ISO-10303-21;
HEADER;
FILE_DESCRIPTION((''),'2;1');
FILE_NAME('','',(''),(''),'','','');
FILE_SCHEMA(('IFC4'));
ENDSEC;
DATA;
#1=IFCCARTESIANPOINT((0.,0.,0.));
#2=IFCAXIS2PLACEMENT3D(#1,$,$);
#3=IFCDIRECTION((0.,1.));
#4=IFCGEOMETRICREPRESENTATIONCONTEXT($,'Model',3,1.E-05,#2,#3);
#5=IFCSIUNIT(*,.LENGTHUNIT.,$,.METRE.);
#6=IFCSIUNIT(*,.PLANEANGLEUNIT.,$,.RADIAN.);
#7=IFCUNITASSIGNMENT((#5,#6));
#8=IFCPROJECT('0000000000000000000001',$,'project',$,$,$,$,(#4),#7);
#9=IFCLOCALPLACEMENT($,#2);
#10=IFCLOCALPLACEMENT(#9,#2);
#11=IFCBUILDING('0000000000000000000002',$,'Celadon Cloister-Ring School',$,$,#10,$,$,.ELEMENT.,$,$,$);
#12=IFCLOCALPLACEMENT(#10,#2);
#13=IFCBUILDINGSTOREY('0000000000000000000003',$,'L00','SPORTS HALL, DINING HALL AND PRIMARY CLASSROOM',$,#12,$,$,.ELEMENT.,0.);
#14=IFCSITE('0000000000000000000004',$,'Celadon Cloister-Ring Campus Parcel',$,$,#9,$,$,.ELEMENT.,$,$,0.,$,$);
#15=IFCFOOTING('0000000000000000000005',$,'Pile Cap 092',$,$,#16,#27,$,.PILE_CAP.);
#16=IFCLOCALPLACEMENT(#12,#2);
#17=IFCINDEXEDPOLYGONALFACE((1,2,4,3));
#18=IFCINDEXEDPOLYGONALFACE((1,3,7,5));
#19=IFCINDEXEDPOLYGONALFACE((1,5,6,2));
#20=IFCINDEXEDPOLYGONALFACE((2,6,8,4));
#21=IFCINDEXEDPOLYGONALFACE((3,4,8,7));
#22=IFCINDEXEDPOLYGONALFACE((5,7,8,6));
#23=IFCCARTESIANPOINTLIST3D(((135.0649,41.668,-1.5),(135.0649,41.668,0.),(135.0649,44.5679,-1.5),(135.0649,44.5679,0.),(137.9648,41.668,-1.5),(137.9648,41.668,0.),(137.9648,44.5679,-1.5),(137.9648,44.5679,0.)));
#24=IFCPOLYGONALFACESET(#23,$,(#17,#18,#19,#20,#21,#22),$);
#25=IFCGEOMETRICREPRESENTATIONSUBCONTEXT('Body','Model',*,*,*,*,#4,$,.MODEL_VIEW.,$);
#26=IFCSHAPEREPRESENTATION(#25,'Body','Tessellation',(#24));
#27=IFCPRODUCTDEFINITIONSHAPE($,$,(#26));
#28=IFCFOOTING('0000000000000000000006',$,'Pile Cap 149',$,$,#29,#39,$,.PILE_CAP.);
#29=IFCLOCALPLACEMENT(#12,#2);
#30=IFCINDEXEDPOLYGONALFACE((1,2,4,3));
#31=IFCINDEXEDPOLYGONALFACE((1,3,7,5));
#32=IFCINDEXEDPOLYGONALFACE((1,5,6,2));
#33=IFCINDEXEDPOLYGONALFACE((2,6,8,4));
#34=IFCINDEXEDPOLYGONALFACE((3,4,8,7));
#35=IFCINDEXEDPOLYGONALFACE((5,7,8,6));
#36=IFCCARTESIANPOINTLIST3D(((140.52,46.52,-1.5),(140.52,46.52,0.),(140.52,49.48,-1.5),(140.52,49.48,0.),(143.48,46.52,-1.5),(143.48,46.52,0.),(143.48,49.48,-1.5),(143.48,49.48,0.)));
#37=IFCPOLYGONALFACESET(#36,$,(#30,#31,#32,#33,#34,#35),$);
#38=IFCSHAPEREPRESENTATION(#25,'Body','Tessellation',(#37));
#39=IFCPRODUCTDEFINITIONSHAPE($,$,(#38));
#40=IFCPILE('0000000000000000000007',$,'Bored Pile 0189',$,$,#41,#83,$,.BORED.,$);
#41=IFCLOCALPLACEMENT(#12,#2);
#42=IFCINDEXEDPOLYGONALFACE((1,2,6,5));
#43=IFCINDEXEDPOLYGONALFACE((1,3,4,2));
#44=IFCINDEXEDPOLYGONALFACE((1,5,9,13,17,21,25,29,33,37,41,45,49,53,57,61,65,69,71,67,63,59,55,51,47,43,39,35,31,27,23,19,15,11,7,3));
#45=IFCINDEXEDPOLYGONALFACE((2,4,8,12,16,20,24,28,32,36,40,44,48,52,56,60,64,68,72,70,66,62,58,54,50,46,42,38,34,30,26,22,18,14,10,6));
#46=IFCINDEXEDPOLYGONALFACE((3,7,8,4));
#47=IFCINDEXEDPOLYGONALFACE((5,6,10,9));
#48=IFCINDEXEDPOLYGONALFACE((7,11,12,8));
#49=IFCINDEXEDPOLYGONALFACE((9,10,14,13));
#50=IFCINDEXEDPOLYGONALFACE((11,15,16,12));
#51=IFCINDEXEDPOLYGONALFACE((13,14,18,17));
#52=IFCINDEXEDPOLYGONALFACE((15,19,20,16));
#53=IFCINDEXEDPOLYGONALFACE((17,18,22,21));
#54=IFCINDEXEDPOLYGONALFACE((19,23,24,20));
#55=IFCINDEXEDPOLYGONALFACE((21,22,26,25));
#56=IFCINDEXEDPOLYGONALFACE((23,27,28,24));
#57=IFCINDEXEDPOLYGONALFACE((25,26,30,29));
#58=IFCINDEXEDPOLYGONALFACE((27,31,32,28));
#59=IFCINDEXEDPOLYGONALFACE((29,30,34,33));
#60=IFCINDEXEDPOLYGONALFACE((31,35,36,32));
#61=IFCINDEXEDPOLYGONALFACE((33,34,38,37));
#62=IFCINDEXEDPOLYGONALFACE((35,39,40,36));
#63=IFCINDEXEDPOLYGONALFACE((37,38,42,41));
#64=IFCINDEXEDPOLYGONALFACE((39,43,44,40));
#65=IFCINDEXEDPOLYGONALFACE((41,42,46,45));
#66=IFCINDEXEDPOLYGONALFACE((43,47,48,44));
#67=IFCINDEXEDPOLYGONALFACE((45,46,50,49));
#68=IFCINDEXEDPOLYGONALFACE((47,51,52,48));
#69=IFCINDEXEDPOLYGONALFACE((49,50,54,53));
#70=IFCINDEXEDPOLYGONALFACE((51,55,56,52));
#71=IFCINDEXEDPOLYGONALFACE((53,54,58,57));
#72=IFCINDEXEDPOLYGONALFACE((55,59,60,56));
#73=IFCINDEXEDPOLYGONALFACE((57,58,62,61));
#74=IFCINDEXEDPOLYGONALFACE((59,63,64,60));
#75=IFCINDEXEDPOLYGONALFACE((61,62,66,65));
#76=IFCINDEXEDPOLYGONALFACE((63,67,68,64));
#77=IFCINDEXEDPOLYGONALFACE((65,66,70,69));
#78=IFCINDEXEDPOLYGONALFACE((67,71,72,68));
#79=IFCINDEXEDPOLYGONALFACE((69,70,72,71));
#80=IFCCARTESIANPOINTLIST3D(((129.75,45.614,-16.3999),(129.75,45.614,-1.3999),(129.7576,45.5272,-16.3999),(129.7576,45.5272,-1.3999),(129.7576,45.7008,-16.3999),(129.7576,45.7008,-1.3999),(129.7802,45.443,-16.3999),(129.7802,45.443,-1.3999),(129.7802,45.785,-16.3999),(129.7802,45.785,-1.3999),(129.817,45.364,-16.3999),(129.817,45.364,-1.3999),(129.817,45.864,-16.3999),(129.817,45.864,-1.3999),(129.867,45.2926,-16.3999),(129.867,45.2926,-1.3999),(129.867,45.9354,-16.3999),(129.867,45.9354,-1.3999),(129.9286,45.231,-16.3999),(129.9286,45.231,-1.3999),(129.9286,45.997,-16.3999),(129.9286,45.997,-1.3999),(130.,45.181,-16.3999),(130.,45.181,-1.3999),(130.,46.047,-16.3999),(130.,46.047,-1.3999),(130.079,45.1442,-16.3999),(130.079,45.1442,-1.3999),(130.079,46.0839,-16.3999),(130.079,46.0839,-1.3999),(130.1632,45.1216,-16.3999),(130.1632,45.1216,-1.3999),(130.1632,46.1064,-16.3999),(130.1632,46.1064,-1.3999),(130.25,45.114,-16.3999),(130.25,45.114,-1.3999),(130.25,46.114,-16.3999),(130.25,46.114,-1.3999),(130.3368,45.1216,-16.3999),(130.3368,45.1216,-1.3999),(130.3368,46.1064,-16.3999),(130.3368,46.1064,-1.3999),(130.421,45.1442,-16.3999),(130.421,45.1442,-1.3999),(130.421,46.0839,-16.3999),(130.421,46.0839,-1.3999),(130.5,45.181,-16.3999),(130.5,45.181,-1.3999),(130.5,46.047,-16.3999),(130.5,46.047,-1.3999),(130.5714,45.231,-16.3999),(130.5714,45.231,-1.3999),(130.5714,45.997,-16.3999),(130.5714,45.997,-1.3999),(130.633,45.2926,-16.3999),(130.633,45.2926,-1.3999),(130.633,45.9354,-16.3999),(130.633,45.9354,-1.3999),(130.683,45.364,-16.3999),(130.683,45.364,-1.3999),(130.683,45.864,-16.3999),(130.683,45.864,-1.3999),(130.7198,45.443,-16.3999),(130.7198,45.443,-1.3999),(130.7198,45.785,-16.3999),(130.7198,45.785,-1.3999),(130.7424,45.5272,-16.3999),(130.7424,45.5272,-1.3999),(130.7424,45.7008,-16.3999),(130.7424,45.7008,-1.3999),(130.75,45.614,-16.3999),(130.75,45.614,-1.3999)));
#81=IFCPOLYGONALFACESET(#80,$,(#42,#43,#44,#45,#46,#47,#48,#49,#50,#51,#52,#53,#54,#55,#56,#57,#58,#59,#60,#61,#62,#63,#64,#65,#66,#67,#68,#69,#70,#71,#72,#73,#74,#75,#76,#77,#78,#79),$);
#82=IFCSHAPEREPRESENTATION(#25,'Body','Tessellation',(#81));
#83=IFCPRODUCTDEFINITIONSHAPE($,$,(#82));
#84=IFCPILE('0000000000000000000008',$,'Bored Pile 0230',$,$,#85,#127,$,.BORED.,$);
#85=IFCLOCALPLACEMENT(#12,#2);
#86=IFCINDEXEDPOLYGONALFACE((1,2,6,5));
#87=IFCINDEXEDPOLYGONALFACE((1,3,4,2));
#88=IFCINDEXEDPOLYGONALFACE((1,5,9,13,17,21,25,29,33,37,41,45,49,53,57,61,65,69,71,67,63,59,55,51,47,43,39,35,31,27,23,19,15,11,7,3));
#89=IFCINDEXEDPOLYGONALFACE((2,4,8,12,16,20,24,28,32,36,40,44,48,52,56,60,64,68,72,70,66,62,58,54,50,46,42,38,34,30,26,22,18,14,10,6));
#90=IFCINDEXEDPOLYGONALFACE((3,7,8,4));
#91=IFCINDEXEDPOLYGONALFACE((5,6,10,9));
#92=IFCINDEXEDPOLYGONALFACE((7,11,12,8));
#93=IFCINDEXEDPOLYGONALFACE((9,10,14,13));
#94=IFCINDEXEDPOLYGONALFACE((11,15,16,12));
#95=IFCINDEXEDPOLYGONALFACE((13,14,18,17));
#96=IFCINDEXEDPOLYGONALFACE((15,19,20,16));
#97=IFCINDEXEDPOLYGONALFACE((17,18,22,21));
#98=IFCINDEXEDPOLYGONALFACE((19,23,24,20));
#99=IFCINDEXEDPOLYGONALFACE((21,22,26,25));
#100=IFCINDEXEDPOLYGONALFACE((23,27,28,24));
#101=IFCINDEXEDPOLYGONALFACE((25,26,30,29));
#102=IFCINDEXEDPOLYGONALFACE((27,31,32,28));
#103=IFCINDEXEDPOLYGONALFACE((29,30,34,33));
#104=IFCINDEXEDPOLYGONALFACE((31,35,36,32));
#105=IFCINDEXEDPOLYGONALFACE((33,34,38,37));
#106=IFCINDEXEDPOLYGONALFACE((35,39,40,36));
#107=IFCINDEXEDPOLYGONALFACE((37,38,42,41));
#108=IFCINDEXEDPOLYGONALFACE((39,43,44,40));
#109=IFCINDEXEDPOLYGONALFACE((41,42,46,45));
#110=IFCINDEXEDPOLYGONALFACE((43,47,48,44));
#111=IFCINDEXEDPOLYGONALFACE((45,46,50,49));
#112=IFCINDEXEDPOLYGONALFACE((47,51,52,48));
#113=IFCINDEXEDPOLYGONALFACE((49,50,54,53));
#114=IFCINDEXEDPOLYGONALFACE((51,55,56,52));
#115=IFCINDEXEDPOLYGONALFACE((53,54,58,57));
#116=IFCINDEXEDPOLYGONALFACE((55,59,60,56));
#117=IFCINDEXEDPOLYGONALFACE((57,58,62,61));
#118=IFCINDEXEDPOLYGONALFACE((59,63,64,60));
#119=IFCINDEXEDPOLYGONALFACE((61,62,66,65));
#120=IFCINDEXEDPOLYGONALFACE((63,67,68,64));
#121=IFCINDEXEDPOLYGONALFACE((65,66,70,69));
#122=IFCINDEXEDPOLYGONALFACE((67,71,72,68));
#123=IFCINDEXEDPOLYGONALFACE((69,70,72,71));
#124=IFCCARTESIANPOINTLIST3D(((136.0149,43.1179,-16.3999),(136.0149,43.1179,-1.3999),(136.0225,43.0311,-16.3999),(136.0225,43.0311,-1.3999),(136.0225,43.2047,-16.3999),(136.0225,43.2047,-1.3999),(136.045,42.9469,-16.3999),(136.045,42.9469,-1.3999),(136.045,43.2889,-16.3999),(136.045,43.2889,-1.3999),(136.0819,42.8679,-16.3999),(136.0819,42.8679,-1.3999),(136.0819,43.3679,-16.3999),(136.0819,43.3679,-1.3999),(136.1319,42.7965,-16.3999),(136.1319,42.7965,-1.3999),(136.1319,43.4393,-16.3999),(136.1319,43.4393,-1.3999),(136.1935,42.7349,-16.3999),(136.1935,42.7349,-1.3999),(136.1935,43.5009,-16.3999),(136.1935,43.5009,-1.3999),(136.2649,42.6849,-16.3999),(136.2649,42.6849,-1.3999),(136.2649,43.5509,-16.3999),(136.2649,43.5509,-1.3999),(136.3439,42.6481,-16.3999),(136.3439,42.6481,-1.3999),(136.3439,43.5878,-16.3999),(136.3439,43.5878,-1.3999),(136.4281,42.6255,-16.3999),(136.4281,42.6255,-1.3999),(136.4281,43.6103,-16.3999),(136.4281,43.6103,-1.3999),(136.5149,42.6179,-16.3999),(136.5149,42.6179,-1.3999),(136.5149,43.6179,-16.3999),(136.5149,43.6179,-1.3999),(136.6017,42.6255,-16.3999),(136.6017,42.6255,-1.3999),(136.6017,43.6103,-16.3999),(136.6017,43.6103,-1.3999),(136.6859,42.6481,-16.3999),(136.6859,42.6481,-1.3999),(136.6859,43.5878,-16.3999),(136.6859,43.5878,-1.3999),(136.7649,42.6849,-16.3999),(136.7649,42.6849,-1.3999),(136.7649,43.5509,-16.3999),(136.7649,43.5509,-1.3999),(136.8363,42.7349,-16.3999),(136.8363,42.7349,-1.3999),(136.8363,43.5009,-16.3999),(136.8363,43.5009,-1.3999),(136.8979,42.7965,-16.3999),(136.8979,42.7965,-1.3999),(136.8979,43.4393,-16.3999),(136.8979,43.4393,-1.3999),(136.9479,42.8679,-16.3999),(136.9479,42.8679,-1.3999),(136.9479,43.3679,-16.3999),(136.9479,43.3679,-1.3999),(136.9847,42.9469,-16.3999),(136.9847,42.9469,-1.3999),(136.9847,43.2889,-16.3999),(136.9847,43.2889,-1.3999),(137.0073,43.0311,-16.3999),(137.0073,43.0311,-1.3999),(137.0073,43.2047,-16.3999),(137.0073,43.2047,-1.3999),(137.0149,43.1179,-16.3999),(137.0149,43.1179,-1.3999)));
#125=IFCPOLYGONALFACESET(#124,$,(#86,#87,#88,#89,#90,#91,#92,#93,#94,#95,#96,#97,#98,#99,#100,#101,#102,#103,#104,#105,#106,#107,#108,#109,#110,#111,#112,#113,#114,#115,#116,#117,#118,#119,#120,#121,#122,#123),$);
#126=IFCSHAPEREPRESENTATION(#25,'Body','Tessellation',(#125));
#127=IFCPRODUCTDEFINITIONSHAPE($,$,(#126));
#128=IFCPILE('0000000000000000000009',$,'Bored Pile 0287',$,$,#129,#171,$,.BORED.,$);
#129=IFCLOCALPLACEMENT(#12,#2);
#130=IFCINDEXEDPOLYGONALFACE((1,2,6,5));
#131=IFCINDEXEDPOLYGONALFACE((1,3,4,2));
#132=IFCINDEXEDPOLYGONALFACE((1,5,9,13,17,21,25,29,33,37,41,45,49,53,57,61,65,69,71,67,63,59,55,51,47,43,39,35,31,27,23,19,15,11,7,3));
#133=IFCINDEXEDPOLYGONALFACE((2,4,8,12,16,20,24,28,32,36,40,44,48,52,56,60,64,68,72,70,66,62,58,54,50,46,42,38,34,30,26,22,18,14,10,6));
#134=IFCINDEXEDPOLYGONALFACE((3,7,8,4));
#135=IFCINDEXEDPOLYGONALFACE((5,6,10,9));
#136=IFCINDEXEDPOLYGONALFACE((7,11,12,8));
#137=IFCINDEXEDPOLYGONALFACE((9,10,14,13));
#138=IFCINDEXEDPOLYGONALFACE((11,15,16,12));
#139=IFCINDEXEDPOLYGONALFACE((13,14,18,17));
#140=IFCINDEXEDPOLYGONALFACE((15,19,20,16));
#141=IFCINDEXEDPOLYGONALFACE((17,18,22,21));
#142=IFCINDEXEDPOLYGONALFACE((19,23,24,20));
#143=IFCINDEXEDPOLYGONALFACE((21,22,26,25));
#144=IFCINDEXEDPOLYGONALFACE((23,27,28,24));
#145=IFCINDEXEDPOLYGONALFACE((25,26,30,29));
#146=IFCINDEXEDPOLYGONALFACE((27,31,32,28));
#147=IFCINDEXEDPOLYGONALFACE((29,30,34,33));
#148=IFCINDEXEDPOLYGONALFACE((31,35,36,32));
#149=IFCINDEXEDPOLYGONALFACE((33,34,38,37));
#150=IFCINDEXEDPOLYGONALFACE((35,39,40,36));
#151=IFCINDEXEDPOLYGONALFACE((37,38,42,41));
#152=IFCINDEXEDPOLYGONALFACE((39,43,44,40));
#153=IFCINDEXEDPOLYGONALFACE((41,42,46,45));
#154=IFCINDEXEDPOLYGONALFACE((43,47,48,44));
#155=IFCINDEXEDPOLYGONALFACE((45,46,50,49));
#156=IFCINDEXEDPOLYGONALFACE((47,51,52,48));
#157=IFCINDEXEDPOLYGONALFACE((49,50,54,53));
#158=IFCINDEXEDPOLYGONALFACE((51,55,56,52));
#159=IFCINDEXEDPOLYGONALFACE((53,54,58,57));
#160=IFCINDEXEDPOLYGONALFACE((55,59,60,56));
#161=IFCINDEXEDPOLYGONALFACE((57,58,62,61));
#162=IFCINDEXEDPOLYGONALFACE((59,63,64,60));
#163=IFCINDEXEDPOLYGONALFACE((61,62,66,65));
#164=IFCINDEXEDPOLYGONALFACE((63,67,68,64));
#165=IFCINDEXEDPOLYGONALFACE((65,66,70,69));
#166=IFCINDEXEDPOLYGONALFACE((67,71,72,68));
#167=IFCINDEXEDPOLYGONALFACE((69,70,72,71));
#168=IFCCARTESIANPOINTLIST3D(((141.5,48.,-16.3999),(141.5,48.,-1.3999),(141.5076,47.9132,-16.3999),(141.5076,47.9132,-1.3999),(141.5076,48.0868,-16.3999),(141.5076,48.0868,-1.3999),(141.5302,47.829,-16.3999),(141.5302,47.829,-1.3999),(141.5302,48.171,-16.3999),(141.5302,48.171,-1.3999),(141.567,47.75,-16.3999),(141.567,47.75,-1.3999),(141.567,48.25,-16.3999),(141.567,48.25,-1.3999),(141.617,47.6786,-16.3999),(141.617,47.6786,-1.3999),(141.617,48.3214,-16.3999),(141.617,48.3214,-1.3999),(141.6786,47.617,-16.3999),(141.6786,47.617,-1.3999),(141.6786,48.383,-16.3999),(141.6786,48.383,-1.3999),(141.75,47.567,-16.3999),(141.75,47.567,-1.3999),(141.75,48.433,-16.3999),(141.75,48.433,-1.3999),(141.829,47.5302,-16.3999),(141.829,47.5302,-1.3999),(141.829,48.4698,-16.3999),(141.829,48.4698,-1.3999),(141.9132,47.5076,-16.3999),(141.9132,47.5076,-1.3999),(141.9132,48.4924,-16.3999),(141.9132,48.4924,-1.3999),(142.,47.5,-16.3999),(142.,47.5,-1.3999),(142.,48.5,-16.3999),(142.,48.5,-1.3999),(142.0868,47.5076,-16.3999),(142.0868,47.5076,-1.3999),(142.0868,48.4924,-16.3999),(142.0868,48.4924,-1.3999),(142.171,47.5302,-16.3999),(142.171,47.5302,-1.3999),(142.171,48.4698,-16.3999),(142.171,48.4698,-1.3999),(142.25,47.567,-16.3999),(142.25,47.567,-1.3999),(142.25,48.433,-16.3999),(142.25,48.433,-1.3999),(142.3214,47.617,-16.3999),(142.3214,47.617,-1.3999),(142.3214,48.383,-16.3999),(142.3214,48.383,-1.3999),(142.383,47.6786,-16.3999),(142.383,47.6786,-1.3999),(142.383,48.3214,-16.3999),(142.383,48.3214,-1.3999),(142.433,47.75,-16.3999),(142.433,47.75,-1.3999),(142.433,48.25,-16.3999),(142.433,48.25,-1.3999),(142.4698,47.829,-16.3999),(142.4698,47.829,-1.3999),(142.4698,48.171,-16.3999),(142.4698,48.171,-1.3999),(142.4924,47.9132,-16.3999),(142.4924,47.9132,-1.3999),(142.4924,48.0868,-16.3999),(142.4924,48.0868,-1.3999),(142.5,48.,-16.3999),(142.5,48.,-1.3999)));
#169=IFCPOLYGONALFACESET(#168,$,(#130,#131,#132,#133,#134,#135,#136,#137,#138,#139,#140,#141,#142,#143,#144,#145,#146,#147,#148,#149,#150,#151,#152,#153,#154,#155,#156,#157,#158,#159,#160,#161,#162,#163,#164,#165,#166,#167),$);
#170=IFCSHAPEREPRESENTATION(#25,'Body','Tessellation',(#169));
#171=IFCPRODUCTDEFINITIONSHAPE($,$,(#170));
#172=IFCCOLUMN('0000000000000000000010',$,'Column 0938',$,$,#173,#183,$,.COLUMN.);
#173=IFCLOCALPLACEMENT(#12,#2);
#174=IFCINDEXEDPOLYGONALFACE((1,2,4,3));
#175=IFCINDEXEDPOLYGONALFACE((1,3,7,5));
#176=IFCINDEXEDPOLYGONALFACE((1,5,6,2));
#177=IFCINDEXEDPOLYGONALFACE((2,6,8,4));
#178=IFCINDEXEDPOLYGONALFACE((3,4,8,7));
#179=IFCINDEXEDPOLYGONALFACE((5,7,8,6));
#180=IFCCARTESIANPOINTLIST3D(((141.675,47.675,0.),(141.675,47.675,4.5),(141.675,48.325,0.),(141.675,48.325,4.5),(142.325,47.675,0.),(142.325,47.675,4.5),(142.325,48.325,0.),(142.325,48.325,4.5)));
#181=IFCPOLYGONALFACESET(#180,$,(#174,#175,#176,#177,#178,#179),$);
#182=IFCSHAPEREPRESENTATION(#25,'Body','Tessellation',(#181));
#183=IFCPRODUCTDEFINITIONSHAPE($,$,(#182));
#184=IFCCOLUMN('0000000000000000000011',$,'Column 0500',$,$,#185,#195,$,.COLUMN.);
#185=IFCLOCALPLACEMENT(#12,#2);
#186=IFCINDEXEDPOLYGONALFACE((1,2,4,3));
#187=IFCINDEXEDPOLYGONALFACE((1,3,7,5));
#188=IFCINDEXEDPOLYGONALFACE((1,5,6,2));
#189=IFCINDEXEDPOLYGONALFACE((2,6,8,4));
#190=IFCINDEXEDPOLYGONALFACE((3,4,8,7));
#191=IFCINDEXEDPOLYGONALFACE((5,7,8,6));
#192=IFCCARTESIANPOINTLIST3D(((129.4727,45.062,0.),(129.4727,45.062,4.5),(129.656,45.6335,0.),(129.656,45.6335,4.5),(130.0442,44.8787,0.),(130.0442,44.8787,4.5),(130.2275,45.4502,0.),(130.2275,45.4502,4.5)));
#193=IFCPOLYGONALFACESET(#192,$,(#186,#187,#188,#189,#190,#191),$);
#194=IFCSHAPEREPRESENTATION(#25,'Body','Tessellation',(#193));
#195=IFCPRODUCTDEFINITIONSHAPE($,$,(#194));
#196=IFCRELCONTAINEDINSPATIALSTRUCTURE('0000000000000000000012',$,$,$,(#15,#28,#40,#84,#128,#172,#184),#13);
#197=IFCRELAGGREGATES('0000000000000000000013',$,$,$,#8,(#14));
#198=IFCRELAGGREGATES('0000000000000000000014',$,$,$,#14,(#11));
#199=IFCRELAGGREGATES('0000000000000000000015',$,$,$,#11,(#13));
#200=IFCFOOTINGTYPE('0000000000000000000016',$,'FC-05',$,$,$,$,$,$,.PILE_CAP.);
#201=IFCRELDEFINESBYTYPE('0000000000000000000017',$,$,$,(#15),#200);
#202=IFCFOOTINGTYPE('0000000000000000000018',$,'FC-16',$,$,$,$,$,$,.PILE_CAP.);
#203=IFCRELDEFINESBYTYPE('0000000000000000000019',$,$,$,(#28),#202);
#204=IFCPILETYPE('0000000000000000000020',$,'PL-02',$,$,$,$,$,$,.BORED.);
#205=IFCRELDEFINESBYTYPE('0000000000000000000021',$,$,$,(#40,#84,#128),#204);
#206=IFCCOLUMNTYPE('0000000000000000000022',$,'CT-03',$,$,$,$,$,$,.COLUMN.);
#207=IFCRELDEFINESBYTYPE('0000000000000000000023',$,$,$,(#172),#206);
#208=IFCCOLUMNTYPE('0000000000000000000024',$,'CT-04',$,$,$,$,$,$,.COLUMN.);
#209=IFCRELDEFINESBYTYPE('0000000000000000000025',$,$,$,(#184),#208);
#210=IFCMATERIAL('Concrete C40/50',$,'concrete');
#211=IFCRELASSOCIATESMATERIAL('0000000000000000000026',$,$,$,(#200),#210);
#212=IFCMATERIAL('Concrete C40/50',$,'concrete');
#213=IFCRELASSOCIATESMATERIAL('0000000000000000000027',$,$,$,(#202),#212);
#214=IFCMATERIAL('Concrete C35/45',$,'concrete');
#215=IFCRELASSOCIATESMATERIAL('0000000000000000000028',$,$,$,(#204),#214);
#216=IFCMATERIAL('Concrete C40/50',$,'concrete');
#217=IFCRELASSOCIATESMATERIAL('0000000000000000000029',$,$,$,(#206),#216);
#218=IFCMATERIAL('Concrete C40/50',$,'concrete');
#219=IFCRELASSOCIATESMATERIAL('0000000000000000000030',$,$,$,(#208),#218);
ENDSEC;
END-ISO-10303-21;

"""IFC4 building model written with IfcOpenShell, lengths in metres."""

from ifc_helpers import new_model, si_unit, direction, frame, origin, origin_2d, place, context, subcontext, project, spatial, rectangle, circle, extrude, material, material_profile, profile_set, type_object, element, save


model = new_model("IFC4")

# Units and contexts
model_context = context("Model", 3, precision=1e-05, world=origin(), true_north=direction((0.0, 1.0)))
body_context = subcontext(model_context, "Body", "Model", "MODEL_VIEW")
ifc_project = project(units=[si_unit("LENGTHUNIT", "METRE"), si_unit("PLANEANGLEUNIT", "RADIAN")], contexts=[model_context])

# Site, building, storey
site_placement = place(None, origin())
site = spatial("IfcSite", under=ifc_project, at=site_placement, Name="Celadon Cloister-Ring Campus Parcel", CompositionType="ELEMENT", RefElevation=0.0)
building_placement = place(site_placement, origin())
building = spatial("IfcBuilding", under=site, at=building_placement, Name="Celadon Cloister-Ring School", CompositionType="ELEMENT")
storey_placement = place(building_placement, origin())
storey = spatial("IfcBuildingStorey", under=building, at=storey_placement, Name="L00", Description="SPORTS HALL, DINING HALL AND PRIMARY CLASSROOM", CompositionType="ELEMENT", Elevation=0.0)

# Footings
ifc_material_1 = material(Name="Concrete C40/50", Category="concrete")
footing_type_1 = type_object("IfcFootingType", Name="FC-05", PredefinedType="PILE_CAP", material=ifc_material_1)
footing_1_placement = place(storey_placement, frame((136.5149, 43.1179, -1.5), z_axis=(0.0, 0.0, 1.0), x_axis=(1.0, 0.0, 0.0)))
element("IfcFooting", 1, at=footing_1_placement, inside=storey, type_object=footing_type_1, Name="Pile Cap 092", PredefinedType="PILE_CAP", context=body_context, shape_type="SweptSolid", body=[
    extrude(rectangle(XDim=2.8999, YDim=2.8999, at=origin_2d()), origin(), (0.0, 0.0, 1.0), 1.5),
])
ifc_material_2 = material(Name="Concrete C40/50", Category="concrete")
footing_type_2 = type_object("IfcFootingType", Name="FC-16", PredefinedType="PILE_CAP", material=ifc_material_2)
footing_2_placement = place(storey_placement, frame((142.0, 48.0, -1.5), z_axis=(0.0, 0.0, 1.0), x_axis=(1.0, 0.0, 0.0)))
element("IfcFooting", 2, at=footing_2_placement, inside=storey, type_object=footing_type_2, Name="Pile Cap 149", PredefinedType="PILE_CAP", context=body_context, shape_type="SweptSolid", body=[
    extrude(rectangle(XDim=2.96, YDim=2.96, at=origin_2d()), origin(), (0.0, 0.0, 1.0), 1.5),
])

# Piles
ifc_material_3 = material(Name="Concrete C35/45", Category="concrete")
ifc_material_profile_1 = material_profile(ifc_material_3, circle(Radius=0.5, at=origin_2d()), Name="PILE1000")
ifc_profile_set_1 = profile_set([ifc_material_profile_1], Name="Concrete C35/45")
pile_type = type_object("IfcPileType", Name="PL-02", PredefinedType="BORED", material=ifc_profile_set_1)
for number, where, z_axis, x_axis, name in (
    (3, (130.25, 45.614, -1.3999), (0.0, 0.0, -1.0), (1.0, 0.0, 0.0), "Bored Pile 0189"),
    (4, (136.5149, 43.1179, -1.3999), (0.0, 0.0, -1.0), (1.0, 0.0, 0.0), "Bored Pile 0230"),
    (5, (142.0, 48.0, -1.3999), (0.0, 0.0, -1.0), (1.0, 0.0, 0.0), "Bored Pile 0287"),
):
    element("IfcPile", number, at=place(storey_placement, frame(where, z_axis=z_axis, x_axis=x_axis)), inside=storey, type_object=pile_type, Name=name, PredefinedType="BORED", context=body_context, shape_type="SweptSolid", body=[
        extrude(circle(Radius=0.5, at=origin_2d()), origin(), (0.0, 0.0, 1.0), 15.0),
    ])

# Columns
ifc_material_4 = material(Name="Concrete C40/50", Category="concrete")
ifc_material_profile_2 = material_profile(ifc_material_4, rectangle(XDim=0.6499, YDim=0.6499, at=origin_2d()), Name="RC650X650")
ifc_profile_set_2 = profile_set([ifc_material_profile_2], Name="Concrete C40/50")
column_type_1 = type_object("IfcColumnType", Name="CT-03", PredefinedType="COLUMN", material=ifc_profile_set_2)
column_1_placement = place(storey_placement, frame((142.0, 48.0, 0.0), z_axis=(0.0, 0.0, 1.0), x_axis=(1.0, 0.0, 0.0)))
element("IfcColumn", 6, at=column_1_placement, inside=storey, type_object=column_type_1, Name="Column 0938", PredefinedType="COLUMN", context=body_context, shape_type="SweptSolid", body=[
    extrude(rectangle(XDim=0.6499, YDim=0.6499, at=origin_2d()), origin(), (0.0, 0.0, 1.0), 4.5),
])
ifc_material_5 = material(Name="Concrete C40/50", Category="concrete")
ifc_material_profile_3 = material_profile(ifc_material_5, rectangle(XDim=0.6001, YDim=0.6001, at=origin_2d()), Name="RC600X600")
ifc_profile_set_3 = profile_set([ifc_material_profile_3], Name="Concrete C40/50")
column_type_2 = type_object("IfcColumnType", Name="CT-04", PredefinedType="COLUMN", material=ifc_profile_set_3)
column_2_placement = place(storey_placement, frame((129.8501, 45.2561, 0.0), z_axis=(0.0, 0.0, 1.0), x_axis=(0.952215, -0.305429, 0.0)))
element("IfcColumn", 7, at=column_2_placement, inside=storey, type_object=column_type_2, Name="Column 0500", PredefinedType="COLUMN", context=body_context, shape_type="SweptSolid", body=[
    extrude(rectangle(XDim=0.6001, YDim=0.6001, at=origin_2d()), origin(), (0.0, 0.0, 1.0), 4.5),
])

save(model, "model.ifc")
